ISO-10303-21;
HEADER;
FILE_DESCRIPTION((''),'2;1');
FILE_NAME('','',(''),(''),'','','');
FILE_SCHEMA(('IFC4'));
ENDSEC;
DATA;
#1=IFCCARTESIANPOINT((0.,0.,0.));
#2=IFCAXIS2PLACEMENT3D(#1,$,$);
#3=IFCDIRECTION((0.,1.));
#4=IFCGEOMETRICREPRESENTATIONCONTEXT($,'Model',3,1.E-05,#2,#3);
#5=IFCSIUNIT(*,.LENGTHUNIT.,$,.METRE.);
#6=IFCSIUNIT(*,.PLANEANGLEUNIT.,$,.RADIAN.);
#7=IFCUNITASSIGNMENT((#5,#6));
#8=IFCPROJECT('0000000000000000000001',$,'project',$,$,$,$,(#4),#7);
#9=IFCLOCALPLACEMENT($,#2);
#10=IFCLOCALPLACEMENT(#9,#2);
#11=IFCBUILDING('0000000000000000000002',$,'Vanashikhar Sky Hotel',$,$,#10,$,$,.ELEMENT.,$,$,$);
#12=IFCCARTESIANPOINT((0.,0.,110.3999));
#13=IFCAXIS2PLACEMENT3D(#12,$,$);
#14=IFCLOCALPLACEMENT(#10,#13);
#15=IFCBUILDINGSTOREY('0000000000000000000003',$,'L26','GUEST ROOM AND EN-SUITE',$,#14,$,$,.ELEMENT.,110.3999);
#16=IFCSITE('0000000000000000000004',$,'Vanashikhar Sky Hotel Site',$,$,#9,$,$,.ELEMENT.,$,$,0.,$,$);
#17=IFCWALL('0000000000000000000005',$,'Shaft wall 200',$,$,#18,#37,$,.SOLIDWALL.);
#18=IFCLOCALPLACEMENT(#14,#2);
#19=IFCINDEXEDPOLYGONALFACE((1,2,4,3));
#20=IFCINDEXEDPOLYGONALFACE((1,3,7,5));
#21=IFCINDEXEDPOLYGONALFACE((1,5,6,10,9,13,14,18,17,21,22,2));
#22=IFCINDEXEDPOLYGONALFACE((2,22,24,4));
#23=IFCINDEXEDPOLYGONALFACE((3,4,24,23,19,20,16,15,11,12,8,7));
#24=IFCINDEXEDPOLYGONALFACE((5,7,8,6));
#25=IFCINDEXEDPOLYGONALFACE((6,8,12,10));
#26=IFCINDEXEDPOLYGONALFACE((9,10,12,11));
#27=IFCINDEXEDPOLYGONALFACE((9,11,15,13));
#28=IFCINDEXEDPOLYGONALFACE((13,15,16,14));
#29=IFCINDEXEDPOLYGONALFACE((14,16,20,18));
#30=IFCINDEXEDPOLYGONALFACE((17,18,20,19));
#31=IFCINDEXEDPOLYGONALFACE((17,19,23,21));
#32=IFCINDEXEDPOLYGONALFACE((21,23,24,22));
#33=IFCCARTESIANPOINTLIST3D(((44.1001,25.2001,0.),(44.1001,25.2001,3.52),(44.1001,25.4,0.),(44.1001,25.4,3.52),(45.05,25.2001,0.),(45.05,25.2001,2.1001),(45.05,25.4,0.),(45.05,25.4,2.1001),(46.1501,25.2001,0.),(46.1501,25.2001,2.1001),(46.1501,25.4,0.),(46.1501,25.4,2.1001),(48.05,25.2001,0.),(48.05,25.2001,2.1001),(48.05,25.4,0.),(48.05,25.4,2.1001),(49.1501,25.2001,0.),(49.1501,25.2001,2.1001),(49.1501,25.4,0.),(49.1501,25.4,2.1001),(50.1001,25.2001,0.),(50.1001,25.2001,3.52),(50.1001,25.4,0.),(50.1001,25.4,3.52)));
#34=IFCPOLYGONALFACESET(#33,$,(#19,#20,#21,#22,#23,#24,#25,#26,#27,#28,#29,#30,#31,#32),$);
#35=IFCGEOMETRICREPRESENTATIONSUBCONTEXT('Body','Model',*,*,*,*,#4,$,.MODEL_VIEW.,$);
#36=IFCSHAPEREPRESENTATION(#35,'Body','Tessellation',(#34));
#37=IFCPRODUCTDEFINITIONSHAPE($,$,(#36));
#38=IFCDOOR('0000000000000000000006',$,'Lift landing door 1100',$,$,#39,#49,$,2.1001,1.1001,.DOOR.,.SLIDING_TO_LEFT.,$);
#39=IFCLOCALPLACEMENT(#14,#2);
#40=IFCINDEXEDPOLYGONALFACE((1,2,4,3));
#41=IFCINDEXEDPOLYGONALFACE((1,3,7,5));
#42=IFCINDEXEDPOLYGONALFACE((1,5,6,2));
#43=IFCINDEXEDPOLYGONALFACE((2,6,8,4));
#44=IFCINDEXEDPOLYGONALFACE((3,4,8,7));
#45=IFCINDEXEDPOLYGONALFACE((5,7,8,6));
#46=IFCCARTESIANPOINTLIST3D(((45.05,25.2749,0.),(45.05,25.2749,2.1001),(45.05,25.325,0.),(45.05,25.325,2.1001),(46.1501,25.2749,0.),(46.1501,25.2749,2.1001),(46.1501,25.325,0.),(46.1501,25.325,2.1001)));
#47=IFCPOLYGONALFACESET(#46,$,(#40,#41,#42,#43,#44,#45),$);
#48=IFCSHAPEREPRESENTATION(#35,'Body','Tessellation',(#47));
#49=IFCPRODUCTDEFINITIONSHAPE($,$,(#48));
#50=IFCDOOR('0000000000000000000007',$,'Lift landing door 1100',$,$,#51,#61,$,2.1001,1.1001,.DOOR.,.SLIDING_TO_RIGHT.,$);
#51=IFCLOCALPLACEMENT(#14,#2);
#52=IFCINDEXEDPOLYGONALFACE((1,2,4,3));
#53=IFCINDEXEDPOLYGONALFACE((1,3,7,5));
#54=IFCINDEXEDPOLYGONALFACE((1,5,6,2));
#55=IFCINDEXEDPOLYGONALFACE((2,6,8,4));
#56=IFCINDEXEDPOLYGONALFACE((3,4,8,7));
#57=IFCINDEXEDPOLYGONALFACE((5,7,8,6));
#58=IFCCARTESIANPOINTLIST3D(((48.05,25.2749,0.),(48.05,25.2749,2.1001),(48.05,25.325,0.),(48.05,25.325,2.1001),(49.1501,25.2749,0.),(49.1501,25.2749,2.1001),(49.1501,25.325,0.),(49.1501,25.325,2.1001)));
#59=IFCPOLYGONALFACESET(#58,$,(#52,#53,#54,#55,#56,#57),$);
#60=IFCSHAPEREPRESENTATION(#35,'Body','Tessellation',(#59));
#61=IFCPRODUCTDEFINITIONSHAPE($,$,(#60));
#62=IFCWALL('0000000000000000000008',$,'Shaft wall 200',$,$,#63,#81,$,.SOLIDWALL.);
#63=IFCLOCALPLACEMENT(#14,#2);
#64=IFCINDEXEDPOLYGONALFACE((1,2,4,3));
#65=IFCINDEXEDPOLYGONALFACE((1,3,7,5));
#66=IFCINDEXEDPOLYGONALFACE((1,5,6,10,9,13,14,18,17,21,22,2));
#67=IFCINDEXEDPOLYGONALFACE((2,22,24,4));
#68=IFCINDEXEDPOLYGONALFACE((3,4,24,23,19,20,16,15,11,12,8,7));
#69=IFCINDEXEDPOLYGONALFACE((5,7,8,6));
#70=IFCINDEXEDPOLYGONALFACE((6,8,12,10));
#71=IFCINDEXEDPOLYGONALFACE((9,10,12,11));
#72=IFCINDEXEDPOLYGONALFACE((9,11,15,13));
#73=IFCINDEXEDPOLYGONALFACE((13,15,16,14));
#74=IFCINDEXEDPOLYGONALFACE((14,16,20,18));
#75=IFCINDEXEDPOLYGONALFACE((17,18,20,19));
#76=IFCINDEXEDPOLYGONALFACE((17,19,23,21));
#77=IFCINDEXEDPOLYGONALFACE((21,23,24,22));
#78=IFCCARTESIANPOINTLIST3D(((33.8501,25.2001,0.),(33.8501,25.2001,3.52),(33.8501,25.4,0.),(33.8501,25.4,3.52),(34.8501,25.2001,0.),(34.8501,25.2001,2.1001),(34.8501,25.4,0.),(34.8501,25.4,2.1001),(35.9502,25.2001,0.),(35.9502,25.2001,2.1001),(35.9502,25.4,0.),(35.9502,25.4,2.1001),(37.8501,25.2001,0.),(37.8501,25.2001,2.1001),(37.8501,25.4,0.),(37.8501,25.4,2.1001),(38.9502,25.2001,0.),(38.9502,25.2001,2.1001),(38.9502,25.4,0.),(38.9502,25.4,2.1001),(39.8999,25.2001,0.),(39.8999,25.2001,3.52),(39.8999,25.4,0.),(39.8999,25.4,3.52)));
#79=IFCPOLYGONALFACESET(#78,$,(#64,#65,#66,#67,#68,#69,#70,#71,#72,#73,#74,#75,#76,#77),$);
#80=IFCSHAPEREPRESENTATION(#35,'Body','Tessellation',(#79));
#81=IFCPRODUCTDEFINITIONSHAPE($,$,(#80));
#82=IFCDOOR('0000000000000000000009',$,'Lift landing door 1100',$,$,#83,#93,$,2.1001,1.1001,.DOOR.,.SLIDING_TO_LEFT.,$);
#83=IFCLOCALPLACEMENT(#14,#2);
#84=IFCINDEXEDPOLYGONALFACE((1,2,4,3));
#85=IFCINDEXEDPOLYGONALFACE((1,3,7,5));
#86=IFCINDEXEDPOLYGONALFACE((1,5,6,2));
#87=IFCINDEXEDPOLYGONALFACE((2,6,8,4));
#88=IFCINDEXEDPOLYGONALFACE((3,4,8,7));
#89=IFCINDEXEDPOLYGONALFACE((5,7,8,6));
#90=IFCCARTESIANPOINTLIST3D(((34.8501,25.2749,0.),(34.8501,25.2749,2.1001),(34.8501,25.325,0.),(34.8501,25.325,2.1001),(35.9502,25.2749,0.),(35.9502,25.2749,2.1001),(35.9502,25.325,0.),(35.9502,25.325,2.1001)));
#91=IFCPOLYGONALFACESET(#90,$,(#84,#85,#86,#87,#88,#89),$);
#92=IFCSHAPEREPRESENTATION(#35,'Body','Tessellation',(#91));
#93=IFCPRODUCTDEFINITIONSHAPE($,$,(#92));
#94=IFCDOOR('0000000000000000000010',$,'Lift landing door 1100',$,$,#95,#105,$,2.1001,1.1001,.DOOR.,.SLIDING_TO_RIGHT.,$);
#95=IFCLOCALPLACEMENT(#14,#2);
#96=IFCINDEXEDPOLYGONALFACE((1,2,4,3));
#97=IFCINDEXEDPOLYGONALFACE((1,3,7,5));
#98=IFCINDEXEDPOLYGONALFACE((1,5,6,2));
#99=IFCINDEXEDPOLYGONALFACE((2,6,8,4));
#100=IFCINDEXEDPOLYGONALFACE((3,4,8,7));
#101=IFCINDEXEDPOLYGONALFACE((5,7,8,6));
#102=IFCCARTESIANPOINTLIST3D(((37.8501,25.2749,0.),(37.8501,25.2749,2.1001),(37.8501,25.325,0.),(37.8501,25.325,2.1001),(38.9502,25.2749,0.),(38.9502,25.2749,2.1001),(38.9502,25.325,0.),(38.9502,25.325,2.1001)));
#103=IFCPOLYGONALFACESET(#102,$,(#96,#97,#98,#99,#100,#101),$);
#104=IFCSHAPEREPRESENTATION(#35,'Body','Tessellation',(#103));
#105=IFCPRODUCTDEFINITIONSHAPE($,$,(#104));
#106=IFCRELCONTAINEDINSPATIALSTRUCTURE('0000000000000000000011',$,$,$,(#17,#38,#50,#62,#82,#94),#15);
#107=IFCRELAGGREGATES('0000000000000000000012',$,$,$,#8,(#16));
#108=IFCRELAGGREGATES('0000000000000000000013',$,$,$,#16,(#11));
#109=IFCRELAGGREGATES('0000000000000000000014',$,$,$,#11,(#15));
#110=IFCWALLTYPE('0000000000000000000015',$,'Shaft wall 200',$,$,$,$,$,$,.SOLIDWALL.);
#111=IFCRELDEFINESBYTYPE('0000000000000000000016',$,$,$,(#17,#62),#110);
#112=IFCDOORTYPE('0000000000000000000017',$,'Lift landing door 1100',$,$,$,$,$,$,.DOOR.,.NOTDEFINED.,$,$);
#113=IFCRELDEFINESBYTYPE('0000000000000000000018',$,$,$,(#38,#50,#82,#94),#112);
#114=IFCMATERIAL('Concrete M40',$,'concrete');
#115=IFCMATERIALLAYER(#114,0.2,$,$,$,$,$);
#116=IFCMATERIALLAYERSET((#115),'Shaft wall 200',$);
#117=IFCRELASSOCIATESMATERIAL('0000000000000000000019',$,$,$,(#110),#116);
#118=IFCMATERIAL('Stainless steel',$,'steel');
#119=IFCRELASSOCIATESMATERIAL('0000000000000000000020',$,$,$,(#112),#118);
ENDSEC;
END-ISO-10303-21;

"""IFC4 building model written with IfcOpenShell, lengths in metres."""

from ifc_helpers import new_model, si_unit, direction, frame, frame_2d, origin, place, context, subcontext, project, spatial, rectangle, extrude, source, transform, mapped, material, layer, layer_set, type_object, element, fill, save


model = new_model("IFC4")

# Units and contexts
model_context = context("Model", 3, precision=1e-05, world=origin(), true_north=direction((0.0, 1.0)))
body_context = subcontext(model_context, "Body", "Model", "MODEL_VIEW")
ifc_project = project(units=[si_unit("LENGTHUNIT", "METRE"), si_unit("PLANEANGLEUNIT", "RADIAN")], contexts=[model_context])

# Site, building, storey
site_placement = place(None, origin())
site = spatial("IfcSite", under=ifc_project, at=site_placement, Name="Vanashikhar Sky Hotel Site", CompositionType="ELEMENT", RefElevation=0.0)
building_placement = place(site_placement, origin())
building = spatial("IfcBuilding", under=site, at=building_placement, Name="Vanashikhar Sky Hotel", CompositionType="ELEMENT")
storey_placement = place(building_placement, frame((0.0, 0.0, 110.3999)))
storey = spatial("IfcBuildingStorey", under=building, at=storey_placement, Name="L26", Description="GUEST ROOM AND EN-SUITE", CompositionType="ELEMENT", Elevation=110.3999)

# Walls, openings, doors
ifc_material_1 = material(Name="Concrete M40", Category="concrete")
ifc_layer_1 = layer(ifc_material_1, 0.2)
ifc_layer_set_1 = layer_set([ifc_layer_1], Name="Shaft wall 200")
wall_type_1 = type_object("IfcWallType", Name="Shaft wall 200", PredefinedType="SOLIDWALL", material=ifc_layer_set_1)
shared_shape_1 = source(origin(), body_context, "Body", "SweptSolid", [
    extrude(rectangle(XDim=6.0, YDim=0.2, at=frame_2d((3.0, 0.0))), origin(), (0.0, 0.0, 1.0), 3.52),
])
wall_1_placement = place(storey_placement, frame((44.1001, 25.3, 0.0), z_axis=(0.0, 0.0, 1.0), x_axis=(1.0, 0.0, 0.0)))
wall_1 = element("IfcWall", 1, at=wall_1_placement, inside=storey, type_object=wall_type_1, Name="Shaft wall 200", PredefinedType="SOLIDWALL", context=body_context, shape_type="MappedRepresentation", body=[
    mapped(shared_shape_1, transform((0.0, 0.0, 0.0), scale=1.0)),
])
shared_shape_2 = source(origin(), body_context, "Body", "SweptSolid", [
    extrude(rectangle(XDim=1.1001, YDim=2.1001, at=frame_2d((0.55, 1.05))), frame((0.0, 0.1099, 0.0), z_axis=(0.0, -1.0, 0.0), x_axis=(1.0, 0.0, 0.0)), (0.0, 0.0, 1.0), 0.22),
])
opening_1_placement = place(wall_1_placement, frame((0.95, 0.0, 0.0)))
opening_1 = element("IfcOpeningElement", 2, at=opening_1_placement, cuts=wall_1, PredefinedType="OPENING", context=body_context, shape_type="MappedRepresentation", body=[
    mapped(shared_shape_2, transform((0.0, 0.0, 0.0), scale=1.0)),
])
opening_2_placement = place(wall_1_placement, frame((3.95, 0.0, 0.0)))
opening_2 = element("IfcOpeningElement", 3, at=opening_2_placement, cuts=wall_1, PredefinedType="OPENING", context=body_context, shape_type="MappedRepresentation", body=[
    mapped(shared_shape_2, transform((0.0, 0.0, 0.0), scale=1.0)),
])
ifc_material_2 = material(Name="Stainless steel", Category="steel")
door_type_1 = type_object("IfcDoorType", Name="Lift landing door 1100", OperationType="NOTDEFINED", PredefinedType="DOOR", material=ifc_material_2)
shared_shape_3 = source(origin(), body_context, "Body", "SweptSolid", [
    extrude(rectangle(XDim=1.1001, YDim=2.1001, at=frame_2d((0.55, 1.05))), frame((0.0, 0.0249, 0.0), z_axis=(0.0, -1.0, 0.0), x_axis=(1.0, 0.0, 0.0)), (0.0, 0.0, 1.0), 0.05),
])
door_1_placement = place(opening_1_placement, origin())
door_1 = element("IfcDoor", 4, at=door_1_placement, inside=storey, type_object=door_type_1, Name="Lift landing door 1100", OperationType="SLIDING_TO_LEFT", OverallHeight=2.1001, OverallWidth=1.1001, PredefinedType="DOOR", context=body_context, shape_type="MappedRepresentation", body=[
    mapped(shared_shape_3, transform((0.0, 0.0, 0.0), scale=1.0)),
])
fill(opening_1, door_1)
door_2_placement = place(opening_2_placement, origin())
door_2 = element("IfcDoor", 5, at=door_2_placement, inside=storey, type_object=door_type_1, Name="Lift landing door 1100", OperationType="SLIDING_TO_RIGHT", OverallHeight=2.1001, OverallWidth=1.1001, PredefinedType="DOOR", context=body_context, shape_type="MappedRepresentation", body=[
    mapped(shared_shape_3, transform((0.0, 0.0, 0.0), scale=1.0)),
])
fill(opening_2, door_2)
shared_shape_4 = source(origin(), body_context, "Body", "SweptSolid", [
    extrude(rectangle(XDim=6.0498, YDim=0.2, at=frame_2d((3.0249, 0.0))), origin(), (0.0, 0.0, 1.0), 3.52),
])
wall_2_placement = place(storey_placement, frame((33.8501, 25.3, 0.0), z_axis=(0.0, 0.0, 1.0), x_axis=(1.0, 0.0, 0.0)))
wall_2 = element("IfcWall", 6, at=wall_2_placement, inside=storey, type_object=wall_type_1, Name="Shaft wall 200", PredefinedType="SOLIDWALL", context=body_context, shape_type="MappedRepresentation", body=[
    mapped(shared_shape_4, transform((0.0, 0.0, 0.0), scale=1.0)),
])
opening_3_placement = place(wall_2_placement, frame((1.0, 0.0, 0.0)))
opening_3 = element("IfcOpeningElement", 7, at=opening_3_placement, cuts=wall_2, PredefinedType="OPENING", context=body_context, shape_type="MappedRepresentation", body=[
    mapped(shared_shape_2, transform((0.0, 0.0, 0.0), scale=1.0)),
])
opening_4_placement = place(wall_2_placement, frame((4.0, 0.0, 0.0)))
opening_4 = element("IfcOpeningElement", 8, at=opening_4_placement, cuts=wall_2, PredefinedType="OPENING", context=body_context, shape_type="MappedRepresentation", body=[
    mapped(shared_shape_2, transform((0.0, 0.0, 0.0), scale=1.0)),
])
door_3_placement = place(opening_3_placement, origin())
door_3 = element("IfcDoor", 9, at=door_3_placement, inside=storey, type_object=door_type_1, Name="Lift landing door 1100", OperationType="SLIDING_TO_LEFT", OverallHeight=2.1001, OverallWidth=1.1001, PredefinedType="DOOR", context=body_context, shape_type="MappedRepresentation", body=[
    mapped(shared_shape_3, transform((0.0, 0.0, 0.0), scale=1.0)),
])
fill(opening_3, door_3)
door_4_placement = place(opening_4_placement, origin())
door_4 = element("IfcDoor", 10, at=door_4_placement, inside=storey, type_object=door_type_1, Name="Lift landing door 1100", OperationType="SLIDING_TO_RIGHT", OverallHeight=2.1001, OverallWidth=1.1001, PredefinedType="DOOR", context=body_context, shape_type="MappedRepresentation", body=[
    mapped(shared_shape_3, transform((0.0, 0.0, 0.0), scale=1.0)),
])
fill(opening_4, door_4)

save(model, "model.ifc")
